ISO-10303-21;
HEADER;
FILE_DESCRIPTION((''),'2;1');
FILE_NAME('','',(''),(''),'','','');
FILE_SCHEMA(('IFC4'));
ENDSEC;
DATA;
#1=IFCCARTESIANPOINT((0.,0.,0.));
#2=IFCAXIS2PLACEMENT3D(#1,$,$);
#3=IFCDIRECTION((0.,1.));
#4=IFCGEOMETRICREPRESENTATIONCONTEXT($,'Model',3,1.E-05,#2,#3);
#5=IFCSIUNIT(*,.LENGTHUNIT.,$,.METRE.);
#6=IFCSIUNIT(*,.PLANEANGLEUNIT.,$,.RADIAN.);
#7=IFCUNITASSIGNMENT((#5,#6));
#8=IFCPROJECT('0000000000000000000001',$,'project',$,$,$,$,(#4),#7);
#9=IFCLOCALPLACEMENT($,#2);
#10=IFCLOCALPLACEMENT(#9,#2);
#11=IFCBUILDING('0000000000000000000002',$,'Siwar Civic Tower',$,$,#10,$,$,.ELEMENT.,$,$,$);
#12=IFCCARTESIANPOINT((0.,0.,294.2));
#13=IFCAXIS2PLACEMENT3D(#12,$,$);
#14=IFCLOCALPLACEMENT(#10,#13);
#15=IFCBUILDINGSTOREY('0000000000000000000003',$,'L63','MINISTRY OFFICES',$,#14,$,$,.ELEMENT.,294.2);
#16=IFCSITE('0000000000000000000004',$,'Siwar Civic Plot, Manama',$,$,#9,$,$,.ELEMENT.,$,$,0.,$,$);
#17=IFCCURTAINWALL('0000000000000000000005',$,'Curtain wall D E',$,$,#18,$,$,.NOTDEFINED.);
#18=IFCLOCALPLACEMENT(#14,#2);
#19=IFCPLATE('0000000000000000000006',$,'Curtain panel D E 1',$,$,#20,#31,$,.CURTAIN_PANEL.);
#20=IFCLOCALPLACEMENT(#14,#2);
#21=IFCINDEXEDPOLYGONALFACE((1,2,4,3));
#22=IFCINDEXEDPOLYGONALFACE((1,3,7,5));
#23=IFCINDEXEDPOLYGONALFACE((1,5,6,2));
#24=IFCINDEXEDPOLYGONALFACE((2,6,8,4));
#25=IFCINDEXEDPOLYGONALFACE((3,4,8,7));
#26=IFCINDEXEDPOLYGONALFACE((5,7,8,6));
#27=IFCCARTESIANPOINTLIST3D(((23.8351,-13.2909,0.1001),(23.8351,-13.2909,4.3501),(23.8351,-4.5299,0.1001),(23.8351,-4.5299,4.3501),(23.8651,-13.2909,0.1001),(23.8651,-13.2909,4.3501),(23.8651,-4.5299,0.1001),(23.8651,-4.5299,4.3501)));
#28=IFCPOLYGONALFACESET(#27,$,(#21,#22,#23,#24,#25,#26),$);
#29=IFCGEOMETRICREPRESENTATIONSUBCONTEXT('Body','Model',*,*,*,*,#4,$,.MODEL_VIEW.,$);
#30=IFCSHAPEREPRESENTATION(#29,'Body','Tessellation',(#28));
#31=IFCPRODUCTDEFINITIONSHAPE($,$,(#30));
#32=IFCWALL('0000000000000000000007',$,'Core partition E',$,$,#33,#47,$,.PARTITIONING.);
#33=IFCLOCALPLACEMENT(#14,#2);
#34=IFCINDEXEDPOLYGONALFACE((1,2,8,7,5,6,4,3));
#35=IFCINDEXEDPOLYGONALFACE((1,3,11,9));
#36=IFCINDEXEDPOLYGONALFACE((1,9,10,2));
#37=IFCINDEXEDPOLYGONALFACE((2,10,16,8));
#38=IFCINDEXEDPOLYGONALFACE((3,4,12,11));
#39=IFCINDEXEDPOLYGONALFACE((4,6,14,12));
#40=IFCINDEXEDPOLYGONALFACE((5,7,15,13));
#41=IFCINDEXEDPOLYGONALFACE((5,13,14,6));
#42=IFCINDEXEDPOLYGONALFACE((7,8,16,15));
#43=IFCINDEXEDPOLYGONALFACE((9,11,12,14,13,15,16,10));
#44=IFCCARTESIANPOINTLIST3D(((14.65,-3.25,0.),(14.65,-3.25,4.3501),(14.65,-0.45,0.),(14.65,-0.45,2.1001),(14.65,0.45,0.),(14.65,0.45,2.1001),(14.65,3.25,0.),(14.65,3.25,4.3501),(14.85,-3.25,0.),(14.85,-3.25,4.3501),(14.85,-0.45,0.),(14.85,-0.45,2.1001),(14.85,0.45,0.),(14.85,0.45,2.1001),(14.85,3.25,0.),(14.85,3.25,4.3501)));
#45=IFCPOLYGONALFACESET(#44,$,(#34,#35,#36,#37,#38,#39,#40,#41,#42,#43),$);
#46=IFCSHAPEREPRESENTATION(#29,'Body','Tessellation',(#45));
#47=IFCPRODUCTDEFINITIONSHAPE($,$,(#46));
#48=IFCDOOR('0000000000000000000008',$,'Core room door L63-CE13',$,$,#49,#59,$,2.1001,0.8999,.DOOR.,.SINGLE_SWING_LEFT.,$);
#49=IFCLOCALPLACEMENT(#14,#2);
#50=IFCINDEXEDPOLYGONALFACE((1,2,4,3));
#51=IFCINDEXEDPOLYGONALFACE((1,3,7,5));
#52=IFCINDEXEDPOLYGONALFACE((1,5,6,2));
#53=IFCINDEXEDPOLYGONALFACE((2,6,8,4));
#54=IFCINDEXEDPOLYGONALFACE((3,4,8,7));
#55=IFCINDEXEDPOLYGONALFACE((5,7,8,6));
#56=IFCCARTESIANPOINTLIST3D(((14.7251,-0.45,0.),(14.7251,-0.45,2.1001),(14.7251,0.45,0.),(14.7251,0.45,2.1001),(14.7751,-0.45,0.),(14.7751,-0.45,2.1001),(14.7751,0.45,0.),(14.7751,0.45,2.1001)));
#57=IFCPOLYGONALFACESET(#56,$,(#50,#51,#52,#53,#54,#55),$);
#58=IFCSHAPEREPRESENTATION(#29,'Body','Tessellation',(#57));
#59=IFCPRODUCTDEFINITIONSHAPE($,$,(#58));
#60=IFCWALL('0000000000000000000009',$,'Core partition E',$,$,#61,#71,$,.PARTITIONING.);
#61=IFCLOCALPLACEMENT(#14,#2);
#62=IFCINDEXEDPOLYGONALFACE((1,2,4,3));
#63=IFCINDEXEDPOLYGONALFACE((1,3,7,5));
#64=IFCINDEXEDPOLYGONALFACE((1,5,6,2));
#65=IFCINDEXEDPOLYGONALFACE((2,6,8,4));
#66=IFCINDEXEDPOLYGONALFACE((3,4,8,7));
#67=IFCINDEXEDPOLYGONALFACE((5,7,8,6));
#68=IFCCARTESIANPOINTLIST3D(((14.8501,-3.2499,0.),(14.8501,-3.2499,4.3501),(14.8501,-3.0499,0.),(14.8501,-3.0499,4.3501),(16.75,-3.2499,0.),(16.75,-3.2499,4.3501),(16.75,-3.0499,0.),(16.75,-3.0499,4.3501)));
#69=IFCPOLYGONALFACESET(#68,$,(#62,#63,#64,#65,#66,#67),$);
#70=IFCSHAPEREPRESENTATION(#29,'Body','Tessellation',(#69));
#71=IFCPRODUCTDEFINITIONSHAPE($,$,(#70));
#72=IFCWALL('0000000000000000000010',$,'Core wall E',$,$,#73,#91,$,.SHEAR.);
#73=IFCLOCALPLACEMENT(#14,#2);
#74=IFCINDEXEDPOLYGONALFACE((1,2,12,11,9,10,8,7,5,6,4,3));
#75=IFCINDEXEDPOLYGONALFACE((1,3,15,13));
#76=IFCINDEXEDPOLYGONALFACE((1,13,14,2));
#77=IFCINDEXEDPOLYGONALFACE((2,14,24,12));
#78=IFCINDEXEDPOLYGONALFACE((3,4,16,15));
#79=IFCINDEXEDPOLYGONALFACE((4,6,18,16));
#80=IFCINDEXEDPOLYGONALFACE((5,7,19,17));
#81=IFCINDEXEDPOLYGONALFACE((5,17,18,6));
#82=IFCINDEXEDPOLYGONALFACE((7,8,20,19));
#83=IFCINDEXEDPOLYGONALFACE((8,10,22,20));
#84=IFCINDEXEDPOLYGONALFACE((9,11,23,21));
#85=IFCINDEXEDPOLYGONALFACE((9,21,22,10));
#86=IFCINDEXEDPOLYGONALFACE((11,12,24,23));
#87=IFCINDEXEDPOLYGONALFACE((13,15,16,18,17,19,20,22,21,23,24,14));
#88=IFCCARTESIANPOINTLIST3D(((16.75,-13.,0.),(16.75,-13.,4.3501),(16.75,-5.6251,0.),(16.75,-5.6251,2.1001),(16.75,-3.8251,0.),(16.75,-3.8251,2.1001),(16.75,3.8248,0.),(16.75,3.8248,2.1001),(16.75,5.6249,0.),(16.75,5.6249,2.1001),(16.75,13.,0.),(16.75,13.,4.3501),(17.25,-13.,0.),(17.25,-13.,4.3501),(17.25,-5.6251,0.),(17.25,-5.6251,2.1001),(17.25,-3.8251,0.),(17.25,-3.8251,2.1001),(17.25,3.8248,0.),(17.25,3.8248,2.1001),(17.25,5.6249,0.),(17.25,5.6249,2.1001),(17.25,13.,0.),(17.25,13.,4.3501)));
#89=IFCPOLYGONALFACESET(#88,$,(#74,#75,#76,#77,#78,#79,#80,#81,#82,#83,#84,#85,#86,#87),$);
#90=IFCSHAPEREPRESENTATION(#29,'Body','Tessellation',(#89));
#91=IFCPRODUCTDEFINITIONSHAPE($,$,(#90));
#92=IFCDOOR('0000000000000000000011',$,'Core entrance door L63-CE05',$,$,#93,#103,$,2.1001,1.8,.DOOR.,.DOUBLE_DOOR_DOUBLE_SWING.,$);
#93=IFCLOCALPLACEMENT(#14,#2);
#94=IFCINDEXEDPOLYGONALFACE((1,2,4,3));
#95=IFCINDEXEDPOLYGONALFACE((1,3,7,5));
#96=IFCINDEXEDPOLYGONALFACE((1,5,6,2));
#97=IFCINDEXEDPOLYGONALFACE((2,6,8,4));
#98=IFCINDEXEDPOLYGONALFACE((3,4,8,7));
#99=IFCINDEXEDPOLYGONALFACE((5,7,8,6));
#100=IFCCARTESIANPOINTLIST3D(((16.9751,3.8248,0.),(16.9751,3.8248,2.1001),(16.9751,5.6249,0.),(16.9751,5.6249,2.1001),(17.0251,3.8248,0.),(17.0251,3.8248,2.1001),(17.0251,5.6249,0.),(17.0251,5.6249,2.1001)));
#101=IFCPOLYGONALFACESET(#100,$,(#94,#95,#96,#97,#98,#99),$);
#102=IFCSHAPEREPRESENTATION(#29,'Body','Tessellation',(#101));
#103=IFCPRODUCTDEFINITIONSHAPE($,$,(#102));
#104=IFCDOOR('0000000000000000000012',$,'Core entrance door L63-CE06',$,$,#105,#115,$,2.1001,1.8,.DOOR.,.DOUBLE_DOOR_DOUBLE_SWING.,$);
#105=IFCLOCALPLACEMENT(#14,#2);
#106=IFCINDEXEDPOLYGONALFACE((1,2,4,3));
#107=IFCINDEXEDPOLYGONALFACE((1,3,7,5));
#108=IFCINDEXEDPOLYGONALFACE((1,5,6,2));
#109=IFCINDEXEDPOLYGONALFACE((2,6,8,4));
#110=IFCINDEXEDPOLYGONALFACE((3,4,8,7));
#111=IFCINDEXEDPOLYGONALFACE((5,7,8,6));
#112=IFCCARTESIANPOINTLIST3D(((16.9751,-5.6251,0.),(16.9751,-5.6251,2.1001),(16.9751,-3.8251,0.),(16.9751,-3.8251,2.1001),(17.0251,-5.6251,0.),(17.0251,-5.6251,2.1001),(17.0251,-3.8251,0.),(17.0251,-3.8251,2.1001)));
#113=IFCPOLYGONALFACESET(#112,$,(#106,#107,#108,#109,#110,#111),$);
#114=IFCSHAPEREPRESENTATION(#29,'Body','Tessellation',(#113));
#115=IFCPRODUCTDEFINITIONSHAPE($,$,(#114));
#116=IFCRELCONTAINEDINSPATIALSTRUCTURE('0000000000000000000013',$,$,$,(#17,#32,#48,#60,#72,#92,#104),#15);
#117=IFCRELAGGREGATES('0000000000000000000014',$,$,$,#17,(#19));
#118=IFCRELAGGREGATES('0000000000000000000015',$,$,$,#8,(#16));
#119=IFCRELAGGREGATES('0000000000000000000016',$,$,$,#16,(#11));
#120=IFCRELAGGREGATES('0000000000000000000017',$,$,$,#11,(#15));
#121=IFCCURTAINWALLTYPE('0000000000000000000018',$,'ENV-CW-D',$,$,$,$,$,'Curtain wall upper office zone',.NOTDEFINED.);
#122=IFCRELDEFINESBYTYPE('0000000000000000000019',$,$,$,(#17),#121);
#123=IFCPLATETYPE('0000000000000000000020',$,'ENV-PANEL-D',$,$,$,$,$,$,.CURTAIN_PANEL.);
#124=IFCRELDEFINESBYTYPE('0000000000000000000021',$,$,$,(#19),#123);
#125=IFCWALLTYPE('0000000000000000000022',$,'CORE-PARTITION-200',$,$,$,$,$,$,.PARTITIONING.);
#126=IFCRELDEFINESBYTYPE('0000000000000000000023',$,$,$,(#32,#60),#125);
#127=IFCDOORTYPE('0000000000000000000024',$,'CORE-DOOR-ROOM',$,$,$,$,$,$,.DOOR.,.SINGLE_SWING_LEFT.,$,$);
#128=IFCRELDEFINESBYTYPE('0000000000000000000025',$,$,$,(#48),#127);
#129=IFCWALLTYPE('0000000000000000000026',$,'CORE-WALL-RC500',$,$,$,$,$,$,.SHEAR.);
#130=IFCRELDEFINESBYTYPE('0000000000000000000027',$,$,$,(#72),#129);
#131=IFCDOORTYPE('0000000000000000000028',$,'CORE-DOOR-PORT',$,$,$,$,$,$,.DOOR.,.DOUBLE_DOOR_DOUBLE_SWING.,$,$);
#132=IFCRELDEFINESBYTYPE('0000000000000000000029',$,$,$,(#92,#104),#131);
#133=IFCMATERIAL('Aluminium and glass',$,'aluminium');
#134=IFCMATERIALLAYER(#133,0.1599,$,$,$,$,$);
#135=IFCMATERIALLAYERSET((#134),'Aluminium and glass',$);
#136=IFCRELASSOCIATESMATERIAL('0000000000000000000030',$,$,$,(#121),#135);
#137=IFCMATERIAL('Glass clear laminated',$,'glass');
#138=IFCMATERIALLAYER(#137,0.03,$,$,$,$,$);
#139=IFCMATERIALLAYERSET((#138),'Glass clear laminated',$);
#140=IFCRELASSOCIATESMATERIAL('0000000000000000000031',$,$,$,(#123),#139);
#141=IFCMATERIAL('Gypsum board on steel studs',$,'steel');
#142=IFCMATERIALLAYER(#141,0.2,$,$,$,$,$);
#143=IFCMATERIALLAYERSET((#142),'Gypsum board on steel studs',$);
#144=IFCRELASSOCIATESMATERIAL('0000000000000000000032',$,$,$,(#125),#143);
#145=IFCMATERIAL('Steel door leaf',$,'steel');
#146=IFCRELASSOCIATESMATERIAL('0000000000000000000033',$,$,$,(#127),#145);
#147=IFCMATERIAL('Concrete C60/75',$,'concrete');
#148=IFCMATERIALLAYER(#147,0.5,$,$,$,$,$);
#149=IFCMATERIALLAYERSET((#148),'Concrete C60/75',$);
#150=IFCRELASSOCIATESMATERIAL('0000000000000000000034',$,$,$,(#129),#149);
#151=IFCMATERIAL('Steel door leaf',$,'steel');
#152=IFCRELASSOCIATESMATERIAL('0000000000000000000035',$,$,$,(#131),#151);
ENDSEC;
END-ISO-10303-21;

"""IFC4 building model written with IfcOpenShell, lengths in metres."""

from ifc_helpers import new_model, si_unit, direction, frame, frame_2d, origin, origin_2d, place, context, subcontext, project, spatial, rectangle, extrude, material, layer, layer_set, type_object, element, fill, aggregate, save


model = new_model("IFC4")

# Units and contexts
model_context = context("Model", 3, precision=1e-05, world=origin(), true_north=direction((0.0, 1.0)))
body_context = subcontext(model_context, "Body", "Model", "MODEL_VIEW")
ifc_project = project(units=[si_unit("LENGTHUNIT", "METRE"), si_unit("PLANEANGLEUNIT", "RADIAN")], contexts=[model_context])

# Site, building, storey
site_placement = place(None, origin())
site = spatial("IfcSite", under=ifc_project, at=site_placement, Name="Siwar Civic Plot, Manama", CompositionType="ELEMENT", RefElevation=0.0)
building_placement = place(site_placement, origin())
building = spatial("IfcBuilding", under=site, at=building_placement, Name="Siwar Civic Tower", CompositionType="ELEMENT")
storey_placement = place(building_placement, frame((0.0, 0.0, 294.2)))
storey = spatial("IfcBuildingStorey", under=building, at=storey_placement, Name="L63", Description="MINISTRY OFFICES", CompositionType="ELEMENT", Elevation=294.2)

# Curtain wall
ifc_material_1 = material(Name="Aluminium and glass", Category="aluminium")
ifc_layer_1 = layer(ifc_material_1, 0.1599)
ifc_layer_set_1 = layer_set([ifc_layer_1], Name="Aluminium and glass")
curtain_wall_type = type_object("IfcCurtainWallType", Name="ENV-CW-D", ElementType="Curtain wall upper office zone", PredefinedType="NOTDEFINED", material=ifc_layer_set_1)
curtain_wall_placement = place(storey_placement, origin())
curtain_wall = element("IfcCurtainWall", 1, at=curtain_wall_placement, inside=storey, type_object=curtain_wall_type, Name="Curtain wall D E", PredefinedType="NOTDEFINED")

# Plate
ifc_material_2 = material(Name="Glass clear laminated", Category="glass")
ifc_layer_2 = layer(ifc_material_2, 0.03)
ifc_layer_set_2 = layer_set([ifc_layer_2], Name="Glass clear laminated")
plate_type = type_object("IfcPlateType", Name="ENV-PANEL-D", PredefinedType="CURTAIN_PANEL", material=ifc_layer_set_2)
plate_placement = place(storey_placement, frame((23.8501, -8.9104, 0.1001), z_axis=(0.0, 0.0, 1.0), x_axis=(0.0, 1.0, 0.0)))
plate = element("IfcPlate", 2, at=plate_placement, type_object=plate_type, Name="Curtain panel D E 1", PredefinedType="CURTAIN_PANEL", context=body_context, shape_type="SweptSolid", body=[
    extrude(rectangle(XDim=8.761, YDim=0.03, at=origin_2d()), origin(), (0.0, 0.0, 1.0), 4.25),
])
aggregate(curtain_wall, [plate])

# Wall, opening, door
ifc_material_3 = material(Name="Gypsum board on steel studs", Category="steel")
ifc_layer_3 = layer(ifc_material_3, 0.2)
ifc_layer_set_3 = layer_set([ifc_layer_3], Name="Gypsum board on steel studs")
wall_type_1 = type_object("IfcWallType", Name="CORE-PARTITION-200", PredefinedType="PARTITIONING", material=ifc_layer_set_3)
wall_1_placement = place(storey_placement, frame((14.75, -3.25, 0.0), z_axis=(0.0, 0.0, 1.0), x_axis=(0.0, 1.0, 0.0)))
wall_1 = element("IfcWall", 3, at=wall_1_placement, inside=storey, type_object=wall_type_1, Name="Core partition E", PredefinedType="PARTITIONING", context=body_context, shape_type="SweptSolid", body=[
    extrude(rectangle(XDim=6.5, YDim=0.2, at=frame_2d((3.25, 0.0))), origin(), (0.0, 0.0, 1.0), 4.3501),
])
opening_1_placement = place(wall_1_placement, frame((2.8, 0.0, 0.0)))
opening_1 = element("IfcOpeningElement", 4, at=opening_1_placement, cuts=wall_1, PredefinedType="OPENING", context=body_context, shape_type="SweptSolid", body=[
    extrude(rectangle(XDim=0.8999, YDim=2.1001, at=frame_2d((0.45, 1.05))), frame((0.0, 0.1099, 0.0), z_axis=(0.0, -1.0, 0.0), x_axis=(1.0, 0.0, 0.0)), (0.0, 0.0, 1.0), 0.22),
])
ifc_material_4 = material(Name="Steel door leaf", Category="steel")
door_type_1 = type_object("IfcDoorType", Name="CORE-DOOR-ROOM", OperationType="SINGLE_SWING_LEFT", PredefinedType="DOOR", material=ifc_material_4)
door_1_placement = place(opening_1_placement, origin())
door_1 = element("IfcDoor", 5, at=door_1_placement, inside=storey, type_object=door_type_1, Name="Core room door L63-CE13", OperationType="SINGLE_SWING_LEFT", OverallHeight=2.1001, OverallWidth=0.8999, PredefinedType="DOOR", context=body_context, shape_type="SweptSolid", body=[
    extrude(rectangle(XDim=0.8999, YDim=2.1001, at=frame_2d((0.45, 1.05))), frame((0.0, 0.0249, 0.0), z_axis=(0.0, -1.0, 0.0), x_axis=(1.0, 0.0, 0.0)), (0.0, 0.0, 1.0), 0.05),
])
fill(opening_1, door_1)

# Wall
wall_2_placement = place(storey_placement, frame((14.8501, -3.1499, 0.0), z_axis=(0.0, 0.0, 1.0), x_axis=(1.0, 0.0, 0.0)))
element("IfcWall", 6, at=wall_2_placement, inside=storey, type_object=wall_type_1, Name="Core partition E", PredefinedType="PARTITIONING", context=body_context, shape_type="SweptSolid", body=[
    extrude(rectangle(XDim=1.8999, YDim=0.2, at=frame_2d((0.95, 0.0))), origin(), (0.0, 0.0, 1.0), 4.3501),
])

# Wall, openings, doors
ifc_material_5 = material(Name="Concrete C60/75", Category="concrete")
ifc_layer_4 = layer(ifc_material_5, 0.5)
ifc_layer_set_4 = layer_set([ifc_layer_4], Name="Concrete C60/75")
wall_type_2 = type_object("IfcWallType", Name="CORE-WALL-RC500", PredefinedType="SHEAR", material=ifc_layer_set_4)
wall_3_placement = place(storey_placement, frame((17.0, -13.0, 0.0), z_axis=(0.0, 0.0, 1.0), x_axis=(0.0, 1.0, 0.0)))
wall_3 = element("IfcWall", 7, at=wall_3_placement, inside=storey, type_object=wall_type_2, Name="Core wall E", PredefinedType="SHEAR", context=body_context, shape_type="SweptSolid", body=[
    extrude(rectangle(XDim=26.0, YDim=0.5, at=frame_2d((13.0, 0.0))), origin(), (0.0, 0.0, 1.0), 4.3501),
])
opening_2_placement = place(wall_3_placement, frame((16.825, 0.0, 0.0)))
opening_2 = element("IfcOpeningElement", 8, at=opening_2_placement, cuts=wall_3, PredefinedType="OPENING", context=body_context, shape_type="SweptSolid", body=[
    extrude(rectangle(XDim=1.8, YDim=2.1001, at=frame_2d((0.8999, 1.05))), frame((0.0, 0.26, 0.0), z_axis=(0.0, -1.0, 0.0), x_axis=(1.0, 0.0, 0.0)), (0.0, 0.0, 1.0), 0.52),
])
opening_3_placement = place(wall_3_placement, frame((7.375, 0.0, 0.0)))
opening_3 = element("IfcOpeningElement", 9, at=opening_3_placement, cuts=wall_3, PredefinedType="OPENING", context=body_context, shape_type="SweptSolid", body=[
    extrude(rectangle(XDim=1.8, YDim=2.1001, at=frame_2d((0.8999, 1.05))), frame((0.0, 0.26, 0.0), z_axis=(0.0, -1.0, 0.0), x_axis=(1.0, 0.0, 0.0)), (0.0, 0.0, 1.0), 0.52),
])
ifc_material_6 = material(Name="Steel door leaf", Category="steel")
door_type_2 = type_object("IfcDoorType", Name="CORE-DOOR-PORT", OperationType="DOUBLE_DOOR_DOUBLE_SWING", PredefinedType="DOOR", material=ifc_material_6)
door_2_placement = place(opening_2_placement, origin())
door_2 = element("IfcDoor", 10, at=door_2_placement, inside=storey, type_object=door_type_2, Name="Core entrance door L63-CE05", OperationType="DOUBLE_DOOR_DOUBLE_SWING", OverallHeight=2.1001, OverallWidth=1.8, PredefinedType="DOOR", context=body_context, shape_type="SweptSolid", body=[
    extrude(rectangle(XDim=1.8, YDim=2.1001, at=frame_2d((0.8999, 1.05))), frame((0.0, 0.0249, 0.0), z_axis=(0.0, -1.0, 0.0), x_axis=(1.0, 0.0, 0.0)), (0.0, 0.0, 1.0), 0.05),
])
fill(opening_2, door_2)
door_3_placement = place(opening_3_placement, origin())
door_3 = element("IfcDoor", 11, at=door_3_placement, inside=storey, type_object=door_type_2, Name="Core entrance door L63-CE06", OperationType="DOUBLE_DOOR_DOUBLE_SWING", OverallHeight=2.1001, OverallWidth=1.8, PredefinedType="DOOR", context=body_context, shape_type="SweptSolid", body=[
    extrude(rectangle(XDim=1.8, YDim=2.1001, at=frame_2d((0.8999, 1.05))), frame((0.0, 0.0249, 0.0), z_axis=(0.0, -1.0, 0.0), x_axis=(1.0, 0.0, 0.0)), (0.0, 0.0, 1.0), 0.05),
])
fill(opening_3, door_3)

save(model, "model.ifc")
